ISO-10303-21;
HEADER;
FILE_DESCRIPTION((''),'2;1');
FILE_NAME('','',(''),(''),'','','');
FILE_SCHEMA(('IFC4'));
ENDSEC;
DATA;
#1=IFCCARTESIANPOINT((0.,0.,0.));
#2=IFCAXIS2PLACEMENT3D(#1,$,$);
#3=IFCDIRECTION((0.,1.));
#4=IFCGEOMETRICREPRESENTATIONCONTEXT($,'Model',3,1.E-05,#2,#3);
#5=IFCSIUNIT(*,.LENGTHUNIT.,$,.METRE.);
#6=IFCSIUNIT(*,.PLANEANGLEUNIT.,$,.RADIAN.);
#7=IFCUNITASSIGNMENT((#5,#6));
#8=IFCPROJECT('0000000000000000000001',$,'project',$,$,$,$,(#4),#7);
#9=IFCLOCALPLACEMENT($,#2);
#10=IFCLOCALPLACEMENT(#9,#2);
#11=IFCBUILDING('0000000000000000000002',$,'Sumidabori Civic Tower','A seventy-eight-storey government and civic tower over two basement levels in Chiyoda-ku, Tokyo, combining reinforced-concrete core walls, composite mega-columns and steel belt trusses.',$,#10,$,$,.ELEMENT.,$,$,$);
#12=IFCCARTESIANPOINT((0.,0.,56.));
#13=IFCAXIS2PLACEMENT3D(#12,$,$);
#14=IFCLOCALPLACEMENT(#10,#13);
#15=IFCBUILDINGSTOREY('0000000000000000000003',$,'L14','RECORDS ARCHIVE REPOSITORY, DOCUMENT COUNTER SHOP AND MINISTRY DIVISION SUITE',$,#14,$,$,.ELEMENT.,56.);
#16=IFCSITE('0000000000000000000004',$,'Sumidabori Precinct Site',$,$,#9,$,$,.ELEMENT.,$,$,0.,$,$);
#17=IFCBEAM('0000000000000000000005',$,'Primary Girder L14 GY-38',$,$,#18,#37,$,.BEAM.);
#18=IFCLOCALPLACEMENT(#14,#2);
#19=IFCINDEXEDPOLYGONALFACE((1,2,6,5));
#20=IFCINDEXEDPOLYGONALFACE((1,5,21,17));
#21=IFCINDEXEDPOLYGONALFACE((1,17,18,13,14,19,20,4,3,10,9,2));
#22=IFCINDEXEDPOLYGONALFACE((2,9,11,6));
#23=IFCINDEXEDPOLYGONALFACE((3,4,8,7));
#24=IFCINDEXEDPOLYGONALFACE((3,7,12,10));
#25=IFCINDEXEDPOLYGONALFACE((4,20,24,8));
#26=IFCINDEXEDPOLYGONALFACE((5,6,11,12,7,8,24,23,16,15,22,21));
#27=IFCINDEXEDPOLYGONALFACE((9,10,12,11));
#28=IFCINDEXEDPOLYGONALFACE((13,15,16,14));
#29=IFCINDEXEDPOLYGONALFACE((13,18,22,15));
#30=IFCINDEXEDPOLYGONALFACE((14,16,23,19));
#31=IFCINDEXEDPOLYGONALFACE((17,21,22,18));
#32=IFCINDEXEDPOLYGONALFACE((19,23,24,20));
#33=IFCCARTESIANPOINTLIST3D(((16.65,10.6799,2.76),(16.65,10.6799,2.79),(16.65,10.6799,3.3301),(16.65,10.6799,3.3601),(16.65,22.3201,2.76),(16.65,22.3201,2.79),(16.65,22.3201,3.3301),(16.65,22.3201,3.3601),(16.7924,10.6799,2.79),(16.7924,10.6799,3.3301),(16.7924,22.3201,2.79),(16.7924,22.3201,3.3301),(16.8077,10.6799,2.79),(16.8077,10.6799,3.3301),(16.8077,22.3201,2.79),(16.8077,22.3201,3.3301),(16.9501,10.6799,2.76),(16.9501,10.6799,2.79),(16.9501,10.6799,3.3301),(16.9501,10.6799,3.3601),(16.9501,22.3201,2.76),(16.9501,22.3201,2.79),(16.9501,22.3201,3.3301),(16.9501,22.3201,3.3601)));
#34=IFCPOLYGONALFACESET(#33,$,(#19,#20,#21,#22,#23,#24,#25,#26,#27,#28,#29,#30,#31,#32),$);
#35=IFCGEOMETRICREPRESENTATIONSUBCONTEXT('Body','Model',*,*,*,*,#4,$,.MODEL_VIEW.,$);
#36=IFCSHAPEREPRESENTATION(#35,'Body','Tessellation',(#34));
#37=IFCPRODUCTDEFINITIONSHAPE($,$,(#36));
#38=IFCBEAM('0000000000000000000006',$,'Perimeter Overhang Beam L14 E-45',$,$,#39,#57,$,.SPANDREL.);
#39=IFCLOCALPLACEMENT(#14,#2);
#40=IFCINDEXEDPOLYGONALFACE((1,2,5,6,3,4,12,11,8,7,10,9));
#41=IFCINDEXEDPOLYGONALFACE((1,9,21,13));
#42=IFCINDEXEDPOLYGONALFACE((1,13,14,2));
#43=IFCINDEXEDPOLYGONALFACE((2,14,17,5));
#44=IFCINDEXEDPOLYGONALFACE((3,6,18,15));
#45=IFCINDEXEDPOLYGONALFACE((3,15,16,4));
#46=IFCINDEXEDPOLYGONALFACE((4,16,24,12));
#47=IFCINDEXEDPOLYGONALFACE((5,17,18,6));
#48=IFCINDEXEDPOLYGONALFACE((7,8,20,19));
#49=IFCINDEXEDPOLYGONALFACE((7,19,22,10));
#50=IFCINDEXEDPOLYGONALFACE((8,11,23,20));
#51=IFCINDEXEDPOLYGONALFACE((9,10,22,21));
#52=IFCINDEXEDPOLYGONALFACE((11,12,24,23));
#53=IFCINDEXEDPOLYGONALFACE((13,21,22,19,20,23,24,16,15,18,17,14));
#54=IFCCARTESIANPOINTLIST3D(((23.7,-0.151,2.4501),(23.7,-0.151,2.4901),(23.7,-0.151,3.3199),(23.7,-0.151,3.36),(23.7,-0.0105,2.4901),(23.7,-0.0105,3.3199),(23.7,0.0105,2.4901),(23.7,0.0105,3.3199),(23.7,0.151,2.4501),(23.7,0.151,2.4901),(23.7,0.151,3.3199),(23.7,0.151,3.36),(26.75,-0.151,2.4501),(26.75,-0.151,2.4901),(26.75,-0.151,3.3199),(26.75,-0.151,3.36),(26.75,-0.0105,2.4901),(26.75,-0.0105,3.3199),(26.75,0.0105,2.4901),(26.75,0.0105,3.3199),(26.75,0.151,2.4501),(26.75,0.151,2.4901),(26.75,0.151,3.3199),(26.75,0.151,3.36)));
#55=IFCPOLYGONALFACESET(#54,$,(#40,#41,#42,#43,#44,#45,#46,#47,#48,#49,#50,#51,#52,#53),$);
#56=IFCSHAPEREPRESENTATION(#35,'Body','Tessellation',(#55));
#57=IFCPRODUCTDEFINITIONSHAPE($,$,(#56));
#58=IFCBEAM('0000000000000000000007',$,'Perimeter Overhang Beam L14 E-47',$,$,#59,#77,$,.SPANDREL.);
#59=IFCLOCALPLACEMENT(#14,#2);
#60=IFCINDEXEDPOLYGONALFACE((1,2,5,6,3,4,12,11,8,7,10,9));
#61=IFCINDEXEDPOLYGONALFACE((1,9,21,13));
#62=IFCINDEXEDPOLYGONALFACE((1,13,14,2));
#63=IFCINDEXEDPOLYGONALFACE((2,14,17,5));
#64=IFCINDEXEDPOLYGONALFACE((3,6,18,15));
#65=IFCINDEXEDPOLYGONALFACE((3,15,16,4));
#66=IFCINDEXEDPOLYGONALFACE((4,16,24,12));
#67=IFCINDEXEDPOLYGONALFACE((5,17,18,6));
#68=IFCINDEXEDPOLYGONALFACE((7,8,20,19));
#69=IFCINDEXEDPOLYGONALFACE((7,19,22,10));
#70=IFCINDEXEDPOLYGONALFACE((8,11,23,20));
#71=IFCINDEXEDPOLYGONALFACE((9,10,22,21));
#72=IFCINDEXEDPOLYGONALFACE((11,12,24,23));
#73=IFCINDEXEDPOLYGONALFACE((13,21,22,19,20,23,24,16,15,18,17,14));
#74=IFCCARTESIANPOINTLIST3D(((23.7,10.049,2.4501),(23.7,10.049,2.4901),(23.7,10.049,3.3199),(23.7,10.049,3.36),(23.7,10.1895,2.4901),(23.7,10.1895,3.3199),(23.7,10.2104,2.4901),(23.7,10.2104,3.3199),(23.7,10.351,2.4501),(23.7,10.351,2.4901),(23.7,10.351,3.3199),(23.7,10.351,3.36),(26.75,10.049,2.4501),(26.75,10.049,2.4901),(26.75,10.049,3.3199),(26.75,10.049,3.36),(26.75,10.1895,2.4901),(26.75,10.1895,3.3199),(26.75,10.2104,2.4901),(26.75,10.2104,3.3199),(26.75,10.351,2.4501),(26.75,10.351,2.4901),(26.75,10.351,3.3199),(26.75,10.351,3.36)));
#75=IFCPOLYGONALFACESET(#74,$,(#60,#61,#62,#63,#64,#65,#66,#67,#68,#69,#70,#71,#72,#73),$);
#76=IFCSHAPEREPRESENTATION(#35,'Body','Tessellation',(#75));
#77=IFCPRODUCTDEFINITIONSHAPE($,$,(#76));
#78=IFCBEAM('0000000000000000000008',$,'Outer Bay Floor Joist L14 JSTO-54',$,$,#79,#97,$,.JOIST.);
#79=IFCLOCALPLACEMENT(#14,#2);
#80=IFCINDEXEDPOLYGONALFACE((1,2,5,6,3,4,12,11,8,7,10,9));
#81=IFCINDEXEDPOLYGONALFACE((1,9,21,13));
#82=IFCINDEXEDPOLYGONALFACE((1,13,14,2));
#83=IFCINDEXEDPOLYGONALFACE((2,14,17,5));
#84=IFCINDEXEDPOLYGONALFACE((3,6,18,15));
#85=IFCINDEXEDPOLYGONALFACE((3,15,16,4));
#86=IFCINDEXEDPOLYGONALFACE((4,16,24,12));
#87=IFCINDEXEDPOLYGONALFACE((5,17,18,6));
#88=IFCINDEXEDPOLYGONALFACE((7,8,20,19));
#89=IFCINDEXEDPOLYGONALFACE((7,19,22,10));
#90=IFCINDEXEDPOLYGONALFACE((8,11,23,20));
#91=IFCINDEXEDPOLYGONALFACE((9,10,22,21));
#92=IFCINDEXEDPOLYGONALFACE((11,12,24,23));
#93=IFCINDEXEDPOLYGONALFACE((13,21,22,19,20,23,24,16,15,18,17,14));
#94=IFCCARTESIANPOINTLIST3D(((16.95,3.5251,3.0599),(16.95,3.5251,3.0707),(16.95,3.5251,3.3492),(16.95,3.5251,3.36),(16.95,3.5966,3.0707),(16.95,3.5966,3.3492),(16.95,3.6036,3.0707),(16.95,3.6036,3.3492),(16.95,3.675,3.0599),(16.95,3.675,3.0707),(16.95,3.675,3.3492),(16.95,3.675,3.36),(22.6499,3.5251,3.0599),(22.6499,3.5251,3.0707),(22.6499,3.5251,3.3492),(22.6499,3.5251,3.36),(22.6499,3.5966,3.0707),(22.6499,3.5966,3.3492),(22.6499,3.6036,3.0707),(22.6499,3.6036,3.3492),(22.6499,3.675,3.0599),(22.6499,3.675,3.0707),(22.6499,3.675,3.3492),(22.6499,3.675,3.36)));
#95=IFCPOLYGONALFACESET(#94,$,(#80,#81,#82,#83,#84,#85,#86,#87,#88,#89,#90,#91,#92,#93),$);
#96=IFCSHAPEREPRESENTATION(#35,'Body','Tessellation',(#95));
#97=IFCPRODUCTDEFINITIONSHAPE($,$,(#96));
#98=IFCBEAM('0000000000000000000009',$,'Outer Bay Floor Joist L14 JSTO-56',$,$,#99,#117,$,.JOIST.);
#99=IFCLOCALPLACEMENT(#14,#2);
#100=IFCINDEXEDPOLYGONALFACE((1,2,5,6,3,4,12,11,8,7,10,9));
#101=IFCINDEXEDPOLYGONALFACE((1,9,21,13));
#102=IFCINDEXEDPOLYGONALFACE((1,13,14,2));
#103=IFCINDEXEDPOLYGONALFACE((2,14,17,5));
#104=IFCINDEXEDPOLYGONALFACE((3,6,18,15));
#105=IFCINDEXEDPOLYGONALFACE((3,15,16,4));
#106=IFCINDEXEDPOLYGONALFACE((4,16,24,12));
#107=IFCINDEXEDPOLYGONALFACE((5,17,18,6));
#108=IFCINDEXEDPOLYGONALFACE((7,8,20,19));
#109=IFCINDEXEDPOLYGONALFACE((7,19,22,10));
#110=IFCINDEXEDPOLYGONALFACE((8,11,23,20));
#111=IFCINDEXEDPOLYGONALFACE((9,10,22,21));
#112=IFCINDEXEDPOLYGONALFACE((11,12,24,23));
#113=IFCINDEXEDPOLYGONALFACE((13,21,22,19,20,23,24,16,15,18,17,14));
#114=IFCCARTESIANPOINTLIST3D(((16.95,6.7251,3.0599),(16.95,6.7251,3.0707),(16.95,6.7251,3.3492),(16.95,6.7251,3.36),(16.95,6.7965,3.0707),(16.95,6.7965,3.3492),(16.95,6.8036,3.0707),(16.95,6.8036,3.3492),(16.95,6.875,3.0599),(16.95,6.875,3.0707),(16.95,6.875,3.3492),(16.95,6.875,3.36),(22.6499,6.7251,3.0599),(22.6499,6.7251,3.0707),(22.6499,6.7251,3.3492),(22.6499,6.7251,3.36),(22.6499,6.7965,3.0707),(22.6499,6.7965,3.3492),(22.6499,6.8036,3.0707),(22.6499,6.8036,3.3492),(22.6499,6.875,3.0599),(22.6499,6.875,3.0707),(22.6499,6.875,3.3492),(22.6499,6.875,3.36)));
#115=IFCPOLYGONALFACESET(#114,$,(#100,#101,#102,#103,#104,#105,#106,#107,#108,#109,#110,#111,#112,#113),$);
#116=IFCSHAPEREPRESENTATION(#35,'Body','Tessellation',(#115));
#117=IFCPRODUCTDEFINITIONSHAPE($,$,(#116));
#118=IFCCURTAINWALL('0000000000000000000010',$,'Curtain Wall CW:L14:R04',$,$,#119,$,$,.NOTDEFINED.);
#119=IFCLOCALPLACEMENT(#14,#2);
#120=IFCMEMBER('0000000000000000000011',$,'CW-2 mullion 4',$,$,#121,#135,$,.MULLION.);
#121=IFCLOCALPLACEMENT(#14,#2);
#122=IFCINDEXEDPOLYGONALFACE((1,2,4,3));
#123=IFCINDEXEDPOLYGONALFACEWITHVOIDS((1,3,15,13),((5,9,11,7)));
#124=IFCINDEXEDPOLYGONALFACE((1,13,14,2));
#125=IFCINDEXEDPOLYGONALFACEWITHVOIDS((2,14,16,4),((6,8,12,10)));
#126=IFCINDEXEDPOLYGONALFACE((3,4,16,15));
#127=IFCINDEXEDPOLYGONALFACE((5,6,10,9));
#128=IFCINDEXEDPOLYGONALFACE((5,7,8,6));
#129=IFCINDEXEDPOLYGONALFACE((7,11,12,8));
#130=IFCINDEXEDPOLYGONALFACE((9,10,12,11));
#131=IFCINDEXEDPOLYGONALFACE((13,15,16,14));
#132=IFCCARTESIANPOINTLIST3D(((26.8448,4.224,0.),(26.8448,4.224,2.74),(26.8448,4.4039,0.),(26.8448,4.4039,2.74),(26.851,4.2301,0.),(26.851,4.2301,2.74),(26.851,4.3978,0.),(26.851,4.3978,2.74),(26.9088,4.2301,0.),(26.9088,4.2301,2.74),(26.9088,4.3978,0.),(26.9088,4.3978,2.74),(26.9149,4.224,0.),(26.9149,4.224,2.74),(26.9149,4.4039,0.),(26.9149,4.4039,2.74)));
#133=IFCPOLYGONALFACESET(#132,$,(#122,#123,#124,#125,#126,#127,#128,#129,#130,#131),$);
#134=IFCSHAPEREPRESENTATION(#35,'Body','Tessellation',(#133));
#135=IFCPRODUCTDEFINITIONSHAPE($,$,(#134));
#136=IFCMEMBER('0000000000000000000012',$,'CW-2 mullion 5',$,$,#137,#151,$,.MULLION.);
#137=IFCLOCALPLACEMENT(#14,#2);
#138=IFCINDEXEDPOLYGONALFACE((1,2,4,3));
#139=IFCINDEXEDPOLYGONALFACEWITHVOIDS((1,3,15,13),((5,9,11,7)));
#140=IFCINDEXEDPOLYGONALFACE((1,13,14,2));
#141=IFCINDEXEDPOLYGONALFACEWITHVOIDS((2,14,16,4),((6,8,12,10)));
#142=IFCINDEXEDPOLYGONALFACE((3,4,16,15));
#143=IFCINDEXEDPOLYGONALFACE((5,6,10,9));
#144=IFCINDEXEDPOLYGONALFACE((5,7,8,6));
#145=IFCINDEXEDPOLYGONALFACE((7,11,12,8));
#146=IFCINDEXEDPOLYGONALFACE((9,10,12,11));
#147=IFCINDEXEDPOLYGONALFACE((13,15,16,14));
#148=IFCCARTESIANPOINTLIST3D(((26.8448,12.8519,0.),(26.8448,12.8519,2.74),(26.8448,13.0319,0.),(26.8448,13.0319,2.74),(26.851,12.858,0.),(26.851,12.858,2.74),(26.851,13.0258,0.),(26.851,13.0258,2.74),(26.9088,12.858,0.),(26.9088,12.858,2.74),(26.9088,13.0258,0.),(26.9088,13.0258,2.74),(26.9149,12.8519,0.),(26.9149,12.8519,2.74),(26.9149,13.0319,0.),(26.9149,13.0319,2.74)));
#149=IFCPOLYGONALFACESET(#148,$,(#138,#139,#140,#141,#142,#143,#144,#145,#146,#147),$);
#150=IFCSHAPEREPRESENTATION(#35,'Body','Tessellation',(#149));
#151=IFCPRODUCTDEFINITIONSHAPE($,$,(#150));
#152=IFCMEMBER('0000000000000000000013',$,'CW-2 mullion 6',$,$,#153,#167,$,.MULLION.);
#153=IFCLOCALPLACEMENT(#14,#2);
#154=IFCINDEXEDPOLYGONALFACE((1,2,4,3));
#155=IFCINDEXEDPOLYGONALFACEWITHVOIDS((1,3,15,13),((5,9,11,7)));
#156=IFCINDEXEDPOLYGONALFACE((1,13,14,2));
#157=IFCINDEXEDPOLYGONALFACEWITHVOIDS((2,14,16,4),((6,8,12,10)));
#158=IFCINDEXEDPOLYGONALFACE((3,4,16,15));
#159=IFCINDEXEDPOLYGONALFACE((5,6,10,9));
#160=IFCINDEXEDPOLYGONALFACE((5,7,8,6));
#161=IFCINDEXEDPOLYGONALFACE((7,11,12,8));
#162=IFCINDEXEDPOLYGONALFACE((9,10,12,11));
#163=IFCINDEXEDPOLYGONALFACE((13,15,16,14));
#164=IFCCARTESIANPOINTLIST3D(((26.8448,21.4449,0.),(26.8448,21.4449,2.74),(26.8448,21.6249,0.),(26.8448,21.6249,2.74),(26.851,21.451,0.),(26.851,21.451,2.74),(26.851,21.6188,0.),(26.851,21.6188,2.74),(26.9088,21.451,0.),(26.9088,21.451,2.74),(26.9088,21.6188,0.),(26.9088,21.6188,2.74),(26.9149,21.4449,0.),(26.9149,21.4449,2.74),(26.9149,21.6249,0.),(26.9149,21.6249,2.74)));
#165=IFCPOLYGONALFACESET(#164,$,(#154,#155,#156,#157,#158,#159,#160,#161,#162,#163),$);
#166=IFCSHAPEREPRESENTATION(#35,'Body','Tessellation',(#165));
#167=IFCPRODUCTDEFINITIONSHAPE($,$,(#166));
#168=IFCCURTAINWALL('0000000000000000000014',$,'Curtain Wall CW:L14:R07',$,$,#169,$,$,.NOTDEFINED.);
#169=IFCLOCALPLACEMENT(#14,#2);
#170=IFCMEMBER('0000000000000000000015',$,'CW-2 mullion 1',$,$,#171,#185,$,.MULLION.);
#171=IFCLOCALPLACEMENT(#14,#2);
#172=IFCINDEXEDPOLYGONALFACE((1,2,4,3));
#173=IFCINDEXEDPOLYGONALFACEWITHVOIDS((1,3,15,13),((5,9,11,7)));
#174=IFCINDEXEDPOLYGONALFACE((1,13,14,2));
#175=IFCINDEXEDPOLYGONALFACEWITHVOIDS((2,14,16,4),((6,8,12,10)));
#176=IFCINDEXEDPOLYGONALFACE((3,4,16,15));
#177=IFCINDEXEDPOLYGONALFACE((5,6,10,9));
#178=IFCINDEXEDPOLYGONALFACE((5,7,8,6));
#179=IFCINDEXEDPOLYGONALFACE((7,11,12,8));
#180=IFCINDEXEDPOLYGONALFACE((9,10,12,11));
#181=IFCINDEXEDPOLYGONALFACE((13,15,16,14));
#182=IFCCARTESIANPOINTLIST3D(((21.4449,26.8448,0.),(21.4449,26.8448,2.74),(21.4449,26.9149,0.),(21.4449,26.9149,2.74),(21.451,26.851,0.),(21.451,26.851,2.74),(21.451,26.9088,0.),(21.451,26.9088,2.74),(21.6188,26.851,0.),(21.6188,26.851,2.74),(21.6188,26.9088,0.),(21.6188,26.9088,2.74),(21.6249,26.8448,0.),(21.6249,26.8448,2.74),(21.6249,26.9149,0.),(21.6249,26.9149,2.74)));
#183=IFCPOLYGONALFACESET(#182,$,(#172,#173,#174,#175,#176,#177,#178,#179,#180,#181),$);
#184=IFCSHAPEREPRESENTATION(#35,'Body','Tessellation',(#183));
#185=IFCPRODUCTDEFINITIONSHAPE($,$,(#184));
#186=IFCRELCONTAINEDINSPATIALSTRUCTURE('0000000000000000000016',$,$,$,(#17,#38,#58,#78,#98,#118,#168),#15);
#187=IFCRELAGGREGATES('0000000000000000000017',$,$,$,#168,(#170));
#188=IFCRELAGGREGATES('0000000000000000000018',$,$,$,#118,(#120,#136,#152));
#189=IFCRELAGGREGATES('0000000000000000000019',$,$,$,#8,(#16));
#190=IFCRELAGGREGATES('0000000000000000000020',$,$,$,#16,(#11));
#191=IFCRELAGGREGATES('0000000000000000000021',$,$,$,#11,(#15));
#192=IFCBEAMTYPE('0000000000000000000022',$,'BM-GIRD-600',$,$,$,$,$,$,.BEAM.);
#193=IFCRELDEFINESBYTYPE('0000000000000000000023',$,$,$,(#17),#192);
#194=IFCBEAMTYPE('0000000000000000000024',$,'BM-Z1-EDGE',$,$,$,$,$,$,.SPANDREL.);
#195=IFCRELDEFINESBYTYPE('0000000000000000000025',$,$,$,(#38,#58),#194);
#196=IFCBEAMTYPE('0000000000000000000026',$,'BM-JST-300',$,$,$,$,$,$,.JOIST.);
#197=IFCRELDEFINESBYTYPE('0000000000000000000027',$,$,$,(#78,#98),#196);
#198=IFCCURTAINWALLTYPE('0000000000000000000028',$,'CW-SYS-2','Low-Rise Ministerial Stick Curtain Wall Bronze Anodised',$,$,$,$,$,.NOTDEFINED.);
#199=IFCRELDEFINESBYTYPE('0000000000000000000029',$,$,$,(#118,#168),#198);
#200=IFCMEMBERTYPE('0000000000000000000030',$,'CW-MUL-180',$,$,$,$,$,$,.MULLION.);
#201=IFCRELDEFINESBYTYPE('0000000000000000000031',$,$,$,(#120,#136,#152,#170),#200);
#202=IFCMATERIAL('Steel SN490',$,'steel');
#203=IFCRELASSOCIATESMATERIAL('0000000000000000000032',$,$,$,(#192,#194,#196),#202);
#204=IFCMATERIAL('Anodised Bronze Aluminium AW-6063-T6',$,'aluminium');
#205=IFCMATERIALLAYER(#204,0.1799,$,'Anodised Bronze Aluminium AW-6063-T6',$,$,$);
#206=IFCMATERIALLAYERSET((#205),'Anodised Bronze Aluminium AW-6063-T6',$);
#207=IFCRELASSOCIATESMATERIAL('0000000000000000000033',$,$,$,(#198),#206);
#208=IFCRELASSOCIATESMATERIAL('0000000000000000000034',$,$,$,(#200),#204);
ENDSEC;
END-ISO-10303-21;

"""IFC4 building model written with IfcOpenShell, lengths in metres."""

from ifc_helpers import new_model, si_unit, direction, frame, origin, origin_2d, place, context, subcontext, project, spatial, hollow_rectangle, i_section, extrude, source, transform, mapped, material, layer, layer_set, material_profile, profile_set, type_object, element, aggregate, save


model = new_model("IFC4")

# Units and contexts
model_context = context("Model", 3, precision=1e-05, world=origin(), true_north=direction((0.0, 1.0)))
body_context = subcontext(model_context, "Body", "Model", "MODEL_VIEW")
ifc_project = project(units=[si_unit("LENGTHUNIT", "METRE"), si_unit("PLANEANGLEUNIT", "RADIAN")], contexts=[model_context])

# Site, building, storey
site_placement = place(None, origin())
site = spatial("IfcSite", under=ifc_project, at=site_placement, Name="Sumidabori Precinct Site", CompositionType="ELEMENT", RefElevation=0.0)
building_placement = place(site_placement, origin())
building = spatial("IfcBuilding", under=site, at=building_placement, Name="Sumidabori Civic Tower", Description="A seventy-eight-storey government and civic tower over two basement levels in Chiyoda-ku, Tokyo, combining reinforced-concrete core walls, composite mega-columns and steel belt trusses.", CompositionType="ELEMENT")
storey_placement = place(building_placement, frame((0.0, 0.0, 56.0)))
storey = spatial("IfcBuildingStorey", under=building, at=storey_placement, Name="L14", Description="RECORDS ARCHIVE REPOSITORY, DOCUMENT COUNTER SHOP AND MINISTRY DIVISION SUITE", CompositionType="ELEMENT", Elevation=56.0)

# Beams
ifc_material_1 = material(Name="Steel SN490", Category="steel")
ifc_material_profile_1 = material_profile(ifc_material_1, i_section(OverallWidth=0.3, OverallDepth=0.6001, WebThickness=0.0154, FlangeThickness=0.03, at=origin_2d()), Name="HE 600 B")
ifc_profile_set_1 = profile_set([ifc_material_profile_1], Name="Steel SN490")
beam_type_1 = type_object("IfcBeamType", Name="BM-GIRD-600", PredefinedType="BEAM", material=ifc_profile_set_1)
shared_shape_1 = source(origin(), body_context, "Body", "SweptSolid", [
    extrude(i_section(OverallWidth=0.3, OverallDepth=0.6001, WebThickness=0.0154, FlangeThickness=0.03, at=origin_2d()), origin(), (0.0, 0.0, 1.0), 11.6401),
])
beam_1_placement = place(storey_placement, frame((16.8, 10.6799, 3.0601), z_axis=(0.0, 1.0, 0.0), x_axis=(-1.0, 0.0, 0.0)))
element("IfcBeam", 1, at=beam_1_placement, inside=storey, type_object=beam_type_1, Name="Primary Girder L14 GY-38", PredefinedType="BEAM", context=body_context, shape_type="MappedRepresentation", body=[
    mapped(shared_shape_1, transform((0.0, 0.0, 0.0), x_axis=(1.0, 0.0, 0.0), y_axis=(0.0, 1.0, 0.0), z_axis=(0.0, 0.0, 1.0), scale=1.0)),
])
ifc_material_profile_2 = material_profile(ifc_material_1, i_section(OverallWidth=0.302, OverallDepth=0.9099, WebThickness=0.021, FlangeThickness=0.04, at=origin_2d()), Name="HE 900 M")
ifc_profile_set_2 = profile_set([ifc_material_profile_2], Name="Steel SN490")
beam_type_2 = type_object("IfcBeamType", Name="BM-Z1-EDGE", PredefinedType="SPANDREL", material=ifc_profile_set_2)
shared_shape_2 = source(origin(), body_context, "Body", "SweptSolid", [
    extrude(i_section(OverallWidth=0.302, OverallDepth=0.9099, WebThickness=0.021, FlangeThickness=0.04, at=origin_2d()), origin(), (0.0, 0.0, 1.0), 3.05),
])
for number, where, z_axis, x_axis, name in (
    (2, (23.7, 0.0, 2.905), (1.0, 0.0, 0.0), (0.0, 1.0, 0.0), "Perimeter Overhang Beam L14 E-45"),
    (3, (23.7, 10.2, 2.905), (1.0, 0.0, 0.0), (0.0, 1.0, 0.0), "Perimeter Overhang Beam L14 E-47"),
):
    element("IfcBeam", number, at=place(storey_placement, frame(where, z_axis=z_axis, x_axis=x_axis)), inside=storey, type_object=beam_type_2, Name=name, PredefinedType="SPANDREL", context=body_context, shape_type="MappedRepresentation", body=[
        mapped(shared_shape_2, transform((0.0, 0.0, 0.0), x_axis=(1.0, 0.0, 0.0), y_axis=(0.0, 1.0, 0.0), z_axis=(0.0, 0.0, 1.0), scale=1.0)),
    ])
ifc_material_profile_3 = material_profile(ifc_material_1, i_section(OverallWidth=0.1499, OverallDepth=0.3, WebThickness=0.0071, FlangeThickness=0.0107, at=origin_2d()), Name="IPE 300")
ifc_profile_set_3 = profile_set([ifc_material_profile_3], Name="Steel SN490")
beam_type_3 = type_object("IfcBeamType", Name="BM-JST-300", PredefinedType="JOIST", material=ifc_profile_set_3)
shared_shape_3 = source(origin(), body_context, "Body", "SweptSolid", [
    extrude(i_section(OverallWidth=0.1499, OverallDepth=0.3, WebThickness=0.0071, FlangeThickness=0.0107, at=origin_2d()), origin(), (0.0, 0.0, 1.0), 5.7),
])
for number, where, z_axis, x_axis, name in (
    (4, (16.95, 3.6001, 3.21), (1.0, 0.0, 0.0), (0.0, 1.0, 0.0), "Outer Bay Floor Joist L14 JSTO-54"),
    (5, (16.95, 6.8, 3.21), (1.0, 0.0, 0.0), (0.0, 1.0, 0.0), "Outer Bay Floor Joist L14 JSTO-56"),
):
    element("IfcBeam", number, at=place(storey_placement, frame(where, z_axis=z_axis, x_axis=x_axis)), inside=storey, type_object=beam_type_3, Name=name, PredefinedType="JOIST", context=body_context, shape_type="MappedRepresentation", body=[
        mapped(shared_shape_3, transform((0.0, 0.0, 0.0), x_axis=(1.0, 0.0, 0.0), y_axis=(0.0, 1.0, 0.0), z_axis=(0.0, 0.0, 1.0), scale=1.0)),
    ])

# Curtain wall, members
ifc_material_2 = material(Name="Anodised Bronze Aluminium AW-6063-T6", Category="aluminium")
ifc_layer_1 = layer(ifc_material_2, 0.1799, Name="Anodised Bronze Aluminium AW-6063-T6")
ifc_layer_set_1 = layer_set([ifc_layer_1], Name="Anodised Bronze Aluminium AW-6063-T6")
curtain_wall_type = type_object("IfcCurtainWallType", Name="CW-SYS-2", Description="Low-Rise Ministerial Stick Curtain Wall Bronze Anodised", PredefinedType="NOTDEFINED", material=ifc_layer_set_1)
curtain_wall_1_placement = place(storey_placement, origin())
curtain_wall_1 = element("IfcCurtainWall", 6, at=curtain_wall_1_placement, inside=storey, type_object=curtain_wall_type, Name="Curtain Wall CW:L14:R04", PredefinedType="NOTDEFINED")
ifc_material_profile_4 = material_profile(ifc_material_2, hollow_rectangle(XDim=0.0701, YDim=0.1799, WallThickness=0.0061, at=origin_2d()), Name="ALU MULLION 180x70")
ifc_profile_set_4 = profile_set([ifc_material_profile_4], Name="Anodised Bronze Aluminium AW-6063-T6")
member_type_1 = type_object("IfcMemberType", Name="CW-MUL-180", PredefinedType="MULLION", material=ifc_profile_set_4)
shared_shape_4 = source(origin(), body_context, "Body", "SweptSolid", [
    extrude(hollow_rectangle(XDim=0.0701, YDim=0.1799, WallThickness=0.0061, at=origin_2d()), origin(), (0.0, 0.0, 1.0), 2.74),
])
member_1_placement = place(storey_placement, frame((26.8799, 4.314, 0.0), z_axis=(0.0, 0.0, 1.0), x_axis=(-1.0, 0.0, 0.0)))
member_1 = element("IfcMember", 7, at=member_1_placement, type_object=member_type_1, Name="CW-2 mullion 4", PredefinedType="MULLION", context=body_context, shape_type="MappedRepresentation", body=[
    mapped(shared_shape_4, transform((0.0, 0.0, 0.0), x_axis=(1.0, 0.0, 0.0), y_axis=(0.0, 1.0, 0.0), z_axis=(0.0, 0.0, 1.0), scale=1.0)),
])
member_2_placement = place(storey_placement, frame((26.8799, 12.9419, 0.0), z_axis=(0.0, 0.0, 1.0), x_axis=(-1.0, 0.0, 0.0)))
member_2 = element("IfcMember", 8, at=member_2_placement, type_object=member_type_1, Name="CW-2 mullion 5", PredefinedType="MULLION", context=body_context, shape_type="MappedRepresentation", body=[
    mapped(shared_shape_4, transform((0.0, 0.0, 0.0), x_axis=(1.0, 0.0, 0.0), y_axis=(0.0, 1.0, 0.0), z_axis=(0.0, 0.0, 1.0), scale=1.0)),
])
member_3_placement = place(storey_placement, frame((26.8799, 21.5349, 0.0), z_axis=(0.0, 0.0, 1.0), x_axis=(-1.0, 0.0, 0.0)))
member_3 = element("IfcMember", 9, at=member_3_placement, type_object=member_type_1, Name="CW-2 mullion 6", PredefinedType="MULLION", context=body_context, shape_type="MappedRepresentation", body=[
    mapped(shared_shape_4, transform((0.0, 0.0, 0.0), x_axis=(1.0, 0.0, 0.0), y_axis=(0.0, 1.0, 0.0), z_axis=(0.0, 0.0, 1.0), scale=1.0)),
])

# Curtain wall, member
curtain_wall_2_placement = place(storey_placement, origin())
curtain_wall_2 = element("IfcCurtainWall", 10, at=curtain_wall_2_placement, inside=storey, type_object=curtain_wall_type, Name="Curtain Wall CW:L14:R07", PredefinedType="NOTDEFINED")
member_4_placement = place(storey_placement, frame((21.5349, 26.8799, 0.0), z_axis=(0.0, 0.0, 1.0), x_axis=(0.0, -1.0, 0.0)))
member_4 = element("IfcMember", 11, at=member_4_placement, type_object=member_type_1, Name="CW-2 mullion 1", PredefinedType="MULLION", context=body_context, shape_type="MappedRepresentation", body=[
    mapped(shared_shape_4, transform((0.0, 0.0, 0.0), x_axis=(1.0, 0.0, 0.0), y_axis=(0.0, 1.0, 0.0), z_axis=(0.0, 0.0, 1.0), scale=1.0)),
])

aggregate(curtain_wall_2, [member_4])
aggregate(curtain_wall_1, [member_1, member_2, member_3])

save(model, "model.ifc")
